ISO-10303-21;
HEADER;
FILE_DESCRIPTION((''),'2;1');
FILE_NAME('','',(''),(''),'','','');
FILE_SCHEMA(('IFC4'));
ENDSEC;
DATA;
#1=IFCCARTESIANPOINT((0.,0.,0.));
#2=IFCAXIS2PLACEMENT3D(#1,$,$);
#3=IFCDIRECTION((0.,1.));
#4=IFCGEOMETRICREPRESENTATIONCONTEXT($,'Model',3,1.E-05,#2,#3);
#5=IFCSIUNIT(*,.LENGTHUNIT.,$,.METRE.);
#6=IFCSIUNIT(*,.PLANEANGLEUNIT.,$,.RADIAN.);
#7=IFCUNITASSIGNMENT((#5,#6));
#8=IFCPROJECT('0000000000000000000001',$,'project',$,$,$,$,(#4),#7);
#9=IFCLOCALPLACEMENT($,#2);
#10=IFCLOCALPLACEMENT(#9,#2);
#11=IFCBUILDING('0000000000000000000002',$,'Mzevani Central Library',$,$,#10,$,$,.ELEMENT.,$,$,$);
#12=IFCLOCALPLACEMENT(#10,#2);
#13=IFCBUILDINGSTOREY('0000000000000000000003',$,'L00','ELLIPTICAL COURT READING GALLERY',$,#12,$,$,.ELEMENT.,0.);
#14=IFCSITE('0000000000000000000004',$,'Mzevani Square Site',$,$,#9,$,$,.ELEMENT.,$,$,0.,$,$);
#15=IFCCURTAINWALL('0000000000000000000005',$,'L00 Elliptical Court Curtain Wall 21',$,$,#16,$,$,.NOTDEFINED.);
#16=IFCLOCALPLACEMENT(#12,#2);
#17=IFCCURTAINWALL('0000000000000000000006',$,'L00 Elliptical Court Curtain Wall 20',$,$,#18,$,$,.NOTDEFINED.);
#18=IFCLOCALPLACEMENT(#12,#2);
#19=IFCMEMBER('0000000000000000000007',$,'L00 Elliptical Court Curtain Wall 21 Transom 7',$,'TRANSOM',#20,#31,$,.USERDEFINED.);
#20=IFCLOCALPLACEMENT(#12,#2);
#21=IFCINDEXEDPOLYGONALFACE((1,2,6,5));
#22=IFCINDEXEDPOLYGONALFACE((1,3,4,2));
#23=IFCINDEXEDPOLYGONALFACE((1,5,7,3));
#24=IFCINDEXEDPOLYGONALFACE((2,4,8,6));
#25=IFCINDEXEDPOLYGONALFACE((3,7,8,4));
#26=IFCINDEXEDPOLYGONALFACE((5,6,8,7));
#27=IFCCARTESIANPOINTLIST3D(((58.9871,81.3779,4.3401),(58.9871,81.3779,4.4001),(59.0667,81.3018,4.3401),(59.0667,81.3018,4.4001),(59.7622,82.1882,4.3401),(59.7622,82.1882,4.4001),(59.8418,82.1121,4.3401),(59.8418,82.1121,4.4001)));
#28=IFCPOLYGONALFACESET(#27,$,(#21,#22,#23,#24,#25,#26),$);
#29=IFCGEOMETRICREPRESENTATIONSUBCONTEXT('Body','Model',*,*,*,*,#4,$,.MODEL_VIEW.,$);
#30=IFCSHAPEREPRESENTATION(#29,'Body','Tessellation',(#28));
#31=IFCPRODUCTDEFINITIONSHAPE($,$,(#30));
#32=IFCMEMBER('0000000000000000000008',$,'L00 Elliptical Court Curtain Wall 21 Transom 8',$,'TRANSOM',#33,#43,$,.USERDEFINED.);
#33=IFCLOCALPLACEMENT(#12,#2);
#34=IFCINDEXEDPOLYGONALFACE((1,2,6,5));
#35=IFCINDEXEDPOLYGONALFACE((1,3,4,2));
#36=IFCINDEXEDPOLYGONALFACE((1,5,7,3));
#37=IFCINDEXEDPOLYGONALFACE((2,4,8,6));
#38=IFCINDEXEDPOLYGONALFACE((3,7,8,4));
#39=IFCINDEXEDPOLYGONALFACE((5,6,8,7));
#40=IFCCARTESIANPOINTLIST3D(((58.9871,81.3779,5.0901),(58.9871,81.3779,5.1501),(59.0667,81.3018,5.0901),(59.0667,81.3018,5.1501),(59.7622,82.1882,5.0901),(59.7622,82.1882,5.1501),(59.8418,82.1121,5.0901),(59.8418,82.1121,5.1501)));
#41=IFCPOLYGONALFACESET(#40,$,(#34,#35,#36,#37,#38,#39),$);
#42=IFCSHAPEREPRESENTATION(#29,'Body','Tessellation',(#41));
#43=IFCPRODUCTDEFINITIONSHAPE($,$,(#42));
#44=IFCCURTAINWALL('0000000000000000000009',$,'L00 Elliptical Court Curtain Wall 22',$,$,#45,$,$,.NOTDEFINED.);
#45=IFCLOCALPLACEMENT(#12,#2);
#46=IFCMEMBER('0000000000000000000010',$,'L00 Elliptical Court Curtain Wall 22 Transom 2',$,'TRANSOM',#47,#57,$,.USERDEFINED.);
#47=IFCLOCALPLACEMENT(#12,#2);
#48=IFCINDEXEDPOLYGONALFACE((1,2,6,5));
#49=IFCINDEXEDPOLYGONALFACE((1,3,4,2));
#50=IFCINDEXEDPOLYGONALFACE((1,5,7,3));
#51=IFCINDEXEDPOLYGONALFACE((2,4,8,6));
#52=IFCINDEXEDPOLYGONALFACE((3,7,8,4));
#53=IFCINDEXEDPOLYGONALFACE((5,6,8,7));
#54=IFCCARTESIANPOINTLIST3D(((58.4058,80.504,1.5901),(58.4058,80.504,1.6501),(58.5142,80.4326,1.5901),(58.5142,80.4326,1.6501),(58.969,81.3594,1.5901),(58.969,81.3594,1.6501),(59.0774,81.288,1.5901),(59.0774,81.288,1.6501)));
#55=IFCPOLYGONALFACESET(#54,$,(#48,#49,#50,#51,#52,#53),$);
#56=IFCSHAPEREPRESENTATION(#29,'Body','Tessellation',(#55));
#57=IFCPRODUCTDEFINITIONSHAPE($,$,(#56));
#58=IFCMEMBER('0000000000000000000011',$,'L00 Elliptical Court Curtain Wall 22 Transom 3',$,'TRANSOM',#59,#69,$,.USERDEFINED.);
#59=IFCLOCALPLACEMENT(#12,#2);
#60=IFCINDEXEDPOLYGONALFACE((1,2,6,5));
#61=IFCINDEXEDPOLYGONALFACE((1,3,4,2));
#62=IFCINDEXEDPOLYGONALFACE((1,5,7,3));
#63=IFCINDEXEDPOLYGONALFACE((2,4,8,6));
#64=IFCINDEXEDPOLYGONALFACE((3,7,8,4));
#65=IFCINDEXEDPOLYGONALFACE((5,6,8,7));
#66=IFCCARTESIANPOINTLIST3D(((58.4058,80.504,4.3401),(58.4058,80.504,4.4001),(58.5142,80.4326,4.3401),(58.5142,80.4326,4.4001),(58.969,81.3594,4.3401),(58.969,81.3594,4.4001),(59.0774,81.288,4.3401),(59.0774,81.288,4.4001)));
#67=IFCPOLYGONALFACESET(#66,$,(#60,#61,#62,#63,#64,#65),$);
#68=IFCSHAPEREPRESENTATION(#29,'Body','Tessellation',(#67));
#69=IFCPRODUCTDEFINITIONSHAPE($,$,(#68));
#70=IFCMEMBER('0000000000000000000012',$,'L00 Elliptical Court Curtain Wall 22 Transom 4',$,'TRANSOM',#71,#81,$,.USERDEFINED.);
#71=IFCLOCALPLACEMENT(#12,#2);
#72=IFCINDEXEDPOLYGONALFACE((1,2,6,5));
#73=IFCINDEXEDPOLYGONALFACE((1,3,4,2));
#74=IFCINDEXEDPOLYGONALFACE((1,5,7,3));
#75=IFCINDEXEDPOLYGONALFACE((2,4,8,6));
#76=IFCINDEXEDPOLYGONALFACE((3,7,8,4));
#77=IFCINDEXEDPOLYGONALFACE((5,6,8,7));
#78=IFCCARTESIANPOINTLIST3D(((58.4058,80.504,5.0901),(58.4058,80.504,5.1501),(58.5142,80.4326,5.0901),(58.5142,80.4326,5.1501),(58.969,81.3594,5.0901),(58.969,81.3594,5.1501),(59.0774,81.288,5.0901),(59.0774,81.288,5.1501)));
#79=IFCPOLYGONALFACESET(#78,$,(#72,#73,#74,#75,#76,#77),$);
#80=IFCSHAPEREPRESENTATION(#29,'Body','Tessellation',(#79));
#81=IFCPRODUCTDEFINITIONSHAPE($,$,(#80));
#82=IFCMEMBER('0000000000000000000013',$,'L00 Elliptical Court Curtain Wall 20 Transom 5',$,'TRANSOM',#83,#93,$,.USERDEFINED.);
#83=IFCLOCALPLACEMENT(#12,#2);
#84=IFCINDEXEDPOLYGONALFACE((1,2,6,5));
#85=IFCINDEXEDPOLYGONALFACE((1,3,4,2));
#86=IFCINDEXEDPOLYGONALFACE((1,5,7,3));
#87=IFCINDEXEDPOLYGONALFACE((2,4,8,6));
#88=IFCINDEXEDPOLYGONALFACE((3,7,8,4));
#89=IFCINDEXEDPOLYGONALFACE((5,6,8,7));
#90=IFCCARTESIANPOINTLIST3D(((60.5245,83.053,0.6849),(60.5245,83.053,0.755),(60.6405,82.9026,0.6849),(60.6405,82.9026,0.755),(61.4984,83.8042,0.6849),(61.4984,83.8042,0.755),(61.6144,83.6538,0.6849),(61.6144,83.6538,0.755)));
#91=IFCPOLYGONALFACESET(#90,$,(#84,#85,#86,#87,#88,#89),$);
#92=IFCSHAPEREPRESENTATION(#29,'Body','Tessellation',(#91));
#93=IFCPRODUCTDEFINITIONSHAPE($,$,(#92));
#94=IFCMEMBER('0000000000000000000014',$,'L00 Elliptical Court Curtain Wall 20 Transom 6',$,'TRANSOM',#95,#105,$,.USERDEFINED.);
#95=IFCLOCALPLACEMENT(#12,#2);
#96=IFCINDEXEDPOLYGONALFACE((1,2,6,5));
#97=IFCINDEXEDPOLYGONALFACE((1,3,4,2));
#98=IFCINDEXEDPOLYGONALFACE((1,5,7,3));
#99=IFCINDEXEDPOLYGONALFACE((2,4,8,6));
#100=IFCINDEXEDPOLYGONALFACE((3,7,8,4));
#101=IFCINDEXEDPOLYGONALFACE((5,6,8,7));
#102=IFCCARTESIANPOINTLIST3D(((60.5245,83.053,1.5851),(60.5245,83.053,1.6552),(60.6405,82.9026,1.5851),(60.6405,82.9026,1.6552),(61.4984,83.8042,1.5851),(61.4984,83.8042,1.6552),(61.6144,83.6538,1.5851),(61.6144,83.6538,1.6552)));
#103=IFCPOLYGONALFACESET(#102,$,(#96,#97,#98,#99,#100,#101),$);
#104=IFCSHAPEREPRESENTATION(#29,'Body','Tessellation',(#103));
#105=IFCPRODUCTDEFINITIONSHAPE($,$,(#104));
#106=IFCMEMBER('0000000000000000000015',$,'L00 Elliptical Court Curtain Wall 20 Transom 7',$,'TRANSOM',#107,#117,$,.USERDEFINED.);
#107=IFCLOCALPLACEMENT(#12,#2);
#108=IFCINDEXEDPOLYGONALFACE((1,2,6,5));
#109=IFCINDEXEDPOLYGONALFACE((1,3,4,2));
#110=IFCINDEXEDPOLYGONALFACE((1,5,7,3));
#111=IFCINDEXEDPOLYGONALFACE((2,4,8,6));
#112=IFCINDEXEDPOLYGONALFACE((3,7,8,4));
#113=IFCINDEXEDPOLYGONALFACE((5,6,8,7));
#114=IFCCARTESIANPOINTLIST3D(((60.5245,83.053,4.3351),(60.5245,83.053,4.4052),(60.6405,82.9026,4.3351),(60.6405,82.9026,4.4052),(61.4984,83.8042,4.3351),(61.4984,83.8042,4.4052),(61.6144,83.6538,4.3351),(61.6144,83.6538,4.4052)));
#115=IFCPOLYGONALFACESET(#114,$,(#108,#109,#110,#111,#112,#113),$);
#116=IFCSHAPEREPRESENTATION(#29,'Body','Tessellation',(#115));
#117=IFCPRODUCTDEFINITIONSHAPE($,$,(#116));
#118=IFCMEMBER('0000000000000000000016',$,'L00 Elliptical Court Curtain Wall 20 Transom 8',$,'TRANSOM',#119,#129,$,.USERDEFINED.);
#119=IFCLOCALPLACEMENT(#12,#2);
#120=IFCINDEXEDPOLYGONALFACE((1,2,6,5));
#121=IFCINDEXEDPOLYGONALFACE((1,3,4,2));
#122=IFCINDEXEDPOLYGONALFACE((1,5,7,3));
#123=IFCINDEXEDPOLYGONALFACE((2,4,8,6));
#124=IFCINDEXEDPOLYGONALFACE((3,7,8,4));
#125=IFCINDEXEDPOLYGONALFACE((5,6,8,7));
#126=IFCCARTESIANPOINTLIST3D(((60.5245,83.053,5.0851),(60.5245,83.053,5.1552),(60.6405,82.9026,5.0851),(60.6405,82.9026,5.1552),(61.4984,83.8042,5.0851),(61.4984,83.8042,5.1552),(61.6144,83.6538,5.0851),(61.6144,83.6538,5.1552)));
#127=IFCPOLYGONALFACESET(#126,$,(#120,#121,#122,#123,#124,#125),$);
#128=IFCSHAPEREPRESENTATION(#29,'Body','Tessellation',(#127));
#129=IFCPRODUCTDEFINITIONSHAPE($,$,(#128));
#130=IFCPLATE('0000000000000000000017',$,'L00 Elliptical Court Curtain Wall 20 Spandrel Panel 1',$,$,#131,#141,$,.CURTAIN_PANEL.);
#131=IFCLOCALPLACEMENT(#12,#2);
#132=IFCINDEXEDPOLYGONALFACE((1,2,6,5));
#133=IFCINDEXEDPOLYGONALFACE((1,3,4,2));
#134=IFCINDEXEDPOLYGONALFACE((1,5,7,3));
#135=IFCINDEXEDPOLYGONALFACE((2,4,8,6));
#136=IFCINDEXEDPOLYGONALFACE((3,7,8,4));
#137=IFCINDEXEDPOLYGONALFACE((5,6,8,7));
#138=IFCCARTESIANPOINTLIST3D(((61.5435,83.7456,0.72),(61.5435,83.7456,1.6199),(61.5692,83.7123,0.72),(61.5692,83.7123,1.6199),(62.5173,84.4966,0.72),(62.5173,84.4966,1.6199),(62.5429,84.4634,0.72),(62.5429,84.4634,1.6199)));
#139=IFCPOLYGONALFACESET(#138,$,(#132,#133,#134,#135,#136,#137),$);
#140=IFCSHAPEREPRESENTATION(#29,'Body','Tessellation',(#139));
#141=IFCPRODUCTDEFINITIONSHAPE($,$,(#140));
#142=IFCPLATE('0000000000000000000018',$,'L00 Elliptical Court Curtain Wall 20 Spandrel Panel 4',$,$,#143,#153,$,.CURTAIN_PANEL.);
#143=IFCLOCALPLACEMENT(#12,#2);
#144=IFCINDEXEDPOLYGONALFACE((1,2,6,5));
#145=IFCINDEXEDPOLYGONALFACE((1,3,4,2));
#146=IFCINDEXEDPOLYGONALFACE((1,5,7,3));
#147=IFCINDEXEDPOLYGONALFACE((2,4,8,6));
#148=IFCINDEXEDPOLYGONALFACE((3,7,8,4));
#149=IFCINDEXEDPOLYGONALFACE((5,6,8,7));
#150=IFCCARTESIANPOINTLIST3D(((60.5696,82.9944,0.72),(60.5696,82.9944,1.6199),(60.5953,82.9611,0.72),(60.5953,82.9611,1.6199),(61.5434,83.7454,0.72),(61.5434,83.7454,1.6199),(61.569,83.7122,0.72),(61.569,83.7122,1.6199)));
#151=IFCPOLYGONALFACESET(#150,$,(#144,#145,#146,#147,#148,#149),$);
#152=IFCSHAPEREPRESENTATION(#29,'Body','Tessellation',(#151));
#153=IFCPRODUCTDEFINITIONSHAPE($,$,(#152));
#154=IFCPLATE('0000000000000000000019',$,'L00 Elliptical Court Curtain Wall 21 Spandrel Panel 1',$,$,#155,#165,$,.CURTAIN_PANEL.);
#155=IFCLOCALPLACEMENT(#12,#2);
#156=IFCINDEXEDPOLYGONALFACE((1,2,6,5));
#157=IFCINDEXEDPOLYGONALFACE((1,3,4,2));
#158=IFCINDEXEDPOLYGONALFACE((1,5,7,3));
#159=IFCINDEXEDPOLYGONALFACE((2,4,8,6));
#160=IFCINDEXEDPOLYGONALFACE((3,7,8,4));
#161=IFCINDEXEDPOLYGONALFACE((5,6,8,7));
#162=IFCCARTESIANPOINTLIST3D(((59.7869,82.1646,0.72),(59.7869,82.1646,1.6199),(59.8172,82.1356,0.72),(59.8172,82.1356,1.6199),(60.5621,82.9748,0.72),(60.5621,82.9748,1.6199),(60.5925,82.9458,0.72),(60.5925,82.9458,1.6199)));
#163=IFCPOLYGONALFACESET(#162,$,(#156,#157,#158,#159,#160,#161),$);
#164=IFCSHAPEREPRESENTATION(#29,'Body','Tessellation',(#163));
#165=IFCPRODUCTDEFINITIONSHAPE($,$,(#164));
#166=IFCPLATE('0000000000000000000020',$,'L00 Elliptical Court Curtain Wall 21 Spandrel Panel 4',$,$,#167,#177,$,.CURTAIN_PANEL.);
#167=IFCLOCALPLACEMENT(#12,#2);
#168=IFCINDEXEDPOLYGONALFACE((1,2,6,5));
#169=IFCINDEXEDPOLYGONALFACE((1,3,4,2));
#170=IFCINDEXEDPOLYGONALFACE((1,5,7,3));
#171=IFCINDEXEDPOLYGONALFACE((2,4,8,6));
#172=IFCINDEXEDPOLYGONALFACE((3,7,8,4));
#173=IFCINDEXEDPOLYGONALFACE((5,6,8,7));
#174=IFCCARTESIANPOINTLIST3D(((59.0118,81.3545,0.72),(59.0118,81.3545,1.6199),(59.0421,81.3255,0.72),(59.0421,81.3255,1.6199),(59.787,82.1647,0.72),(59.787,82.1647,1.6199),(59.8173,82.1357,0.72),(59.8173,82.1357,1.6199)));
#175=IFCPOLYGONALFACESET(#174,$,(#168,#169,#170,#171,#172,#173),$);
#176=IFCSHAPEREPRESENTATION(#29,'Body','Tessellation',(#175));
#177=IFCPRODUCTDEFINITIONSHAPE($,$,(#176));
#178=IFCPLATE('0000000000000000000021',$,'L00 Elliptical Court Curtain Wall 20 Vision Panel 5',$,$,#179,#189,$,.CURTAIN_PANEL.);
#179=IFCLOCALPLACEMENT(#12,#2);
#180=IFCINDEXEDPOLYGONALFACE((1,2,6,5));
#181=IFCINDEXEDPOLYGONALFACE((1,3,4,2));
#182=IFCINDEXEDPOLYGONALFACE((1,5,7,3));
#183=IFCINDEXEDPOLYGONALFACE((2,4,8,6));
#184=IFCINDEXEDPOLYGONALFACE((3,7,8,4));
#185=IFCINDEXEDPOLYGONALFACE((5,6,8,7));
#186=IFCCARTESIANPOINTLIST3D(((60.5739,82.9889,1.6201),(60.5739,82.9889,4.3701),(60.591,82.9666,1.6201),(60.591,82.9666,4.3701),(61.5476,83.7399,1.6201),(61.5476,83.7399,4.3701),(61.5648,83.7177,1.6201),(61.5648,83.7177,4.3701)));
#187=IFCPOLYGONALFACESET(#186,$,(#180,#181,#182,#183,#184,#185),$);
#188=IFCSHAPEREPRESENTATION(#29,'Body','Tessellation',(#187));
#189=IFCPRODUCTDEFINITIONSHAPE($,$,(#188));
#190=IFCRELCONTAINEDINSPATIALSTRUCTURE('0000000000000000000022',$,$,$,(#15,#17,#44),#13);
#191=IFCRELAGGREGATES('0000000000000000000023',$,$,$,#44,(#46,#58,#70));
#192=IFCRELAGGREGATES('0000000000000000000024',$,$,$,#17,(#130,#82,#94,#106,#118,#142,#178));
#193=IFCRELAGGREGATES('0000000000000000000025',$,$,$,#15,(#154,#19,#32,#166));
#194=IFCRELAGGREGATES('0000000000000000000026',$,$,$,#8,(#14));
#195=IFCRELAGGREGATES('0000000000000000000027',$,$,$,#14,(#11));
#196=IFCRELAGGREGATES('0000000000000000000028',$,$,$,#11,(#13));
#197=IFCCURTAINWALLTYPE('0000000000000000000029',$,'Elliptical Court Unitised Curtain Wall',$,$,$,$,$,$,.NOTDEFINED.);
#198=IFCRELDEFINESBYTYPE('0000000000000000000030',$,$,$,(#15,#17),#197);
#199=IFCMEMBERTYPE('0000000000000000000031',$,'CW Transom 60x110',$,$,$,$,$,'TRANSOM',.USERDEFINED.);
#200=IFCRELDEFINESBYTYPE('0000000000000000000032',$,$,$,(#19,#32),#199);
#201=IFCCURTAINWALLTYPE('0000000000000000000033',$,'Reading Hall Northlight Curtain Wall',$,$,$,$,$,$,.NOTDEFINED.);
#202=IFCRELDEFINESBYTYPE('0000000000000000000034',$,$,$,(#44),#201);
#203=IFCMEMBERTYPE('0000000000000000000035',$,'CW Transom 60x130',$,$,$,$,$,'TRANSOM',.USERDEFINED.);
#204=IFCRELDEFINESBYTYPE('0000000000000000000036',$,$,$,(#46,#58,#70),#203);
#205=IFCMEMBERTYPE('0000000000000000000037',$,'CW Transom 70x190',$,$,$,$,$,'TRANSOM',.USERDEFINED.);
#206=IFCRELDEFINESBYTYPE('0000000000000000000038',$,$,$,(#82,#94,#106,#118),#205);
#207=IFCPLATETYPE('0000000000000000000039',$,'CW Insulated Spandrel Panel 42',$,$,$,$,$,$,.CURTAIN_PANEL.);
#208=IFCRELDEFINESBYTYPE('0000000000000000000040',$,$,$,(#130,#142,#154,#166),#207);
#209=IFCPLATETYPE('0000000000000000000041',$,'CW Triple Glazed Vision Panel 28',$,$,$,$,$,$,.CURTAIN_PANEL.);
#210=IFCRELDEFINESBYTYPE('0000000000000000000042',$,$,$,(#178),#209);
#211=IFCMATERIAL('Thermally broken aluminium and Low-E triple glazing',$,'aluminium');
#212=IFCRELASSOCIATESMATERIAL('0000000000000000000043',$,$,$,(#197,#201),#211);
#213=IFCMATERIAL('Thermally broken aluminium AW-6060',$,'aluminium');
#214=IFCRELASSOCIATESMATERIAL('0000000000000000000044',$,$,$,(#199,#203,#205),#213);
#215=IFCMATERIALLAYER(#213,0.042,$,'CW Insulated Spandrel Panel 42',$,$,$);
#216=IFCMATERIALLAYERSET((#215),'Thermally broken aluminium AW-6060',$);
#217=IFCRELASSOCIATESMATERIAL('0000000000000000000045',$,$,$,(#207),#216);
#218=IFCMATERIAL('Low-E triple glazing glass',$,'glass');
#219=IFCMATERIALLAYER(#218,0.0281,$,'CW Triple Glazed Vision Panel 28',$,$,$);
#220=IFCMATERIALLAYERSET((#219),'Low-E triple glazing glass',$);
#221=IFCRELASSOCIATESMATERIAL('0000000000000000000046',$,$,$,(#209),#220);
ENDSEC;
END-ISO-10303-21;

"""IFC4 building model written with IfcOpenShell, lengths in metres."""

from ifc_helpers import new_model, si_unit, direction, frame, origin, origin_2d, place, context, subcontext, project, spatial, rectangle, extrude, material, layer, layer_set, material_profile, profile_set, type_object, element, aggregate, save


model = new_model("IFC4")

# Units and contexts
model_context = context("Model", 3, precision=1e-05, world=origin(), true_north=direction((0.0, 1.0)))
body_context = subcontext(model_context, "Body", "Model", "MODEL_VIEW")
ifc_project = project(units=[si_unit("LENGTHUNIT", "METRE"), si_unit("PLANEANGLEUNIT", "RADIAN")], contexts=[model_context])

# Site, building, storey
site_placement = place(None, origin())
site = spatial("IfcSite", under=ifc_project, at=site_placement, Name="Mzevani Square Site", CompositionType="ELEMENT", RefElevation=0.0)
building_placement = place(site_placement, origin())
building = spatial("IfcBuilding", under=site, at=building_placement, Name="Mzevani Central Library", CompositionType="ELEMENT")
storey_placement = place(building_placement, origin())
storey = spatial("IfcBuildingStorey", under=building, at=storey_placement, Name="L00", Description="ELLIPTICAL COURT READING GALLERY", CompositionType="ELEMENT", Elevation=0.0)

# Curtain walls
ifc_material_1 = material(Name="Thermally broken aluminium and Low-E triple glazing", Category="aluminium")
curtain_wall_type_1 = type_object("IfcCurtainWallType", Name="Elliptical Court Unitised Curtain Wall", PredefinedType="NOTDEFINED", material=ifc_material_1)
curtain_wall_1_placement = place(storey_placement, origin())
curtain_wall_1 = element("IfcCurtainWall", 1, at=curtain_wall_1_placement, inside=storey, type_object=curtain_wall_type_1, Name="L00 Elliptical Court Curtain Wall 21", PredefinedType="NOTDEFINED")
ifc_material_2 = material(Name="Thermally broken aluminium AW-6060", Category="aluminium")
curtain_wall_2_placement = place(storey_placement, origin())
curtain_wall_2 = element("IfcCurtainWall", 2, at=curtain_wall_2_placement, inside=storey, type_object=curtain_wall_type_1, Name="L00 Elliptical Court Curtain Wall 20", PredefinedType="NOTDEFINED")

# Members
ifc_material_profile_1 = material_profile(ifc_material_2, rectangle(XDim=0.1101, YDim=0.0601, at=origin_2d()), Name="ALU T60x110")
ifc_profile_set_1 = profile_set([ifc_material_profile_1], Name="Thermally broken aluminium AW-6060")
member_type_1 = type_object("IfcMemberType", Name="CW Transom 60x110", ElementType="TRANSOM", PredefinedType="USERDEFINED", material=ifc_profile_set_1)
member_1_placement = place(storey_placement, frame((59.802, 82.1501, 4.3701), z_axis=(-0.691257, -0.722609, 0.0), x_axis=(0.722609, -0.691257, 0.0)))
member_1 = element("IfcMember", 3, at=member_1_placement, type_object=member_type_1, Name="L00 Elliptical Court Curtain Wall 21 Transom 7", ObjectType="TRANSOM", PredefinedType="USERDEFINED", context=body_context, shape_type="SweptSolid", body=[
    extrude(rectangle(XDim=0.1101, YDim=0.0601, at=origin_2d()), origin(), (0.0, 0.0, 1.0), 1.1213),
])
member_2_placement = place(storey_placement, frame((59.802, 82.1501, 5.1201), z_axis=(-0.691257, -0.722609, 0.0), x_axis=(0.722609, -0.691257, 0.0)))
member_2 = element("IfcMember", 4, at=member_2_placement, type_object=member_type_1, Name="L00 Elliptical Court Curtain Wall 21 Transom 8", ObjectType="TRANSOM", PredefinedType="USERDEFINED", context=body_context, shape_type="SweptSolid", body=[
    extrude(rectangle(XDim=0.1101, YDim=0.0601, at=origin_2d()), origin(), (0.0, 0.0, 1.0), 1.1213),
])

# Curtain wall, members
curtain_wall_type_2 = type_object("IfcCurtainWallType", Name="Reading Hall Northlight Curtain Wall", PredefinedType="NOTDEFINED", material=ifc_material_1)
curtain_wall_3_placement = place(storey_placement, origin())
curtain_wall_3 = element("IfcCurtainWall", 5, at=curtain_wall_3_placement, inside=storey, type_object=curtain_wall_type_2, Name="L00 Elliptical Court Curtain Wall 22", PredefinedType="NOTDEFINED")
ifc_material_profile_2 = material_profile(ifc_material_2, rectangle(XDim=0.1299, YDim=0.0601, at=origin_2d()), Name="ALU T60x130")
ifc_profile_set_2 = profile_set([ifc_material_profile_2], Name="Thermally broken aluminium AW-6060")
member_type_2 = type_object("IfcMemberType", Name="CW Transom 60x130", ElementType="TRANSOM", PredefinedType="USERDEFINED", material=ifc_profile_set_2)
member_3_placement = place(storey_placement, frame((59.0232, 81.3237, 1.6201), z_axis=(-0.549905, -0.835227, 0.0), x_axis=(0.835227, -0.549905, 0.0)))
member_3 = element("IfcMember", 6, at=member_3_placement, type_object=member_type_2, Name="L00 Elliptical Court Curtain Wall 22 Transom 2", ObjectType="TRANSOM", PredefinedType="USERDEFINED", context=body_context, shape_type="SweptSolid", body=[
    extrude(rectangle(XDim=0.1299, YDim=0.0601, at=origin_2d()), origin(), (0.0, 0.0, 1.0), 1.0242),
])
member_4_placement = place(storey_placement, frame((59.0232, 81.3237, 4.3701), z_axis=(-0.549905, -0.835227, 0.0), x_axis=(0.835227, -0.549905, 0.0)))
member_4 = element("IfcMember", 7, at=member_4_placement, type_object=member_type_2, Name="L00 Elliptical Court Curtain Wall 22 Transom 3", ObjectType="TRANSOM", PredefinedType="USERDEFINED", context=body_context, shape_type="SweptSolid", body=[
    extrude(rectangle(XDim=0.1299, YDim=0.0601, at=origin_2d()), origin(), (0.0, 0.0, 1.0), 1.0242),
])
member_5_placement = place(storey_placement, frame((59.0232, 81.3237, 5.1201), z_axis=(-0.549905, -0.835227, 0.0), x_axis=(0.835227, -0.549905, 0.0)))
member_5 = element("IfcMember", 8, at=member_5_placement, type_object=member_type_2, Name="L00 Elliptical Court Curtain Wall 22 Transom 4", ObjectType="TRANSOM", PredefinedType="USERDEFINED", context=body_context, shape_type="SweptSolid", body=[
    extrude(rectangle(XDim=0.1299, YDim=0.0601, at=origin_2d()), origin(), (0.0, 0.0, 1.0), 1.0242),
])
aggregate(curtain_wall_3, [member_3, member_4, member_5])

# Members
ifc_material_profile_3 = material_profile(ifc_material_2, rectangle(XDim=0.1899, YDim=0.0701, at=origin_2d()), Name="ALU T70x190")
ifc_profile_set_3 = profile_set([ifc_material_profile_3], Name="Thermally broken aluminium AW-6060")
member_type_3 = type_object("IfcMemberType", Name="CW Transom 70x190", ElementType="TRANSOM", PredefinedType="USERDEFINED", material=ifc_profile_set_3)
member_6_placement = place(storey_placement, frame((61.5564, 83.729, 0.72), z_axis=(-0.791804, -0.610775, 0.0), x_axis=(0.610775, -0.791804, 0.0)))
member_6 = element("IfcMember", 9, at=member_6_placement, type_object=member_type_3, Name="L00 Elliptical Court Curtain Wall 20 Transom 5", ObjectType="TRANSOM", PredefinedType="USERDEFINED", context=body_context, shape_type="SweptSolid", body=[
    extrude(rectangle(XDim=0.1899, YDim=0.0701, at=origin_2d()), origin(), (0.0, 0.0, 1.0), 1.23),
])
member_7_placement = place(storey_placement, frame((61.5564, 83.729, 1.6201), z_axis=(-0.791804, -0.610775, 0.0), x_axis=(0.610775, -0.791804, 0.0)))
member_7 = element("IfcMember", 10, at=member_7_placement, type_object=member_type_3, Name="L00 Elliptical Court Curtain Wall 20 Transom 6", ObjectType="TRANSOM", PredefinedType="USERDEFINED", context=body_context, shape_type="SweptSolid", body=[
    extrude(rectangle(XDim=0.1899, YDim=0.0701, at=origin_2d()), origin(), (0.0, 0.0, 1.0), 1.23),
])
member_8_placement = place(storey_placement, frame((61.5564, 83.729, 4.3701), z_axis=(-0.791804, -0.610775, 0.0), x_axis=(0.610775, -0.791804, 0.0)))
member_8 = element("IfcMember", 11, at=member_8_placement, type_object=member_type_3, Name="L00 Elliptical Court Curtain Wall 20 Transom 7", ObjectType="TRANSOM", PredefinedType="USERDEFINED", context=body_context, shape_type="SweptSolid", body=[
    extrude(rectangle(XDim=0.1899, YDim=0.0701, at=origin_2d()), origin(), (0.0, 0.0, 1.0), 1.23),
])
member_9_placement = place(storey_placement, frame((61.5564, 83.729, 5.1201), z_axis=(-0.791804, -0.610775, 0.0), x_axis=(0.610775, -0.791804, 0.0)))
member_9 = element("IfcMember", 12, at=member_9_placement, type_object=member_type_3, Name="L00 Elliptical Court Curtain Wall 20 Transom 8", ObjectType="TRANSOM", PredefinedType="USERDEFINED", context=body_context, shape_type="SweptSolid", body=[
    extrude(rectangle(XDim=0.1899, YDim=0.0701, at=origin_2d()), origin(), (0.0, 0.0, 1.0), 1.23),
])

# Plates
ifc_layer_1 = layer(ifc_material_2, 0.042, Name="CW Insulated Spandrel Panel 42")
ifc_layer_set_1 = layer_set([ifc_layer_1], Name="Thermally broken aluminium AW-6060")
plate_type_1 = type_object("IfcPlateType", Name="CW Insulated Spandrel Panel 42", PredefinedType="CURTAIN_PANEL", material=ifc_layer_set_1)
plate_1_placement = place(storey_placement, frame((62.0432, 84.1045, 0.72), z_axis=(0.0, 0.0, 1.0), x_axis=(-0.791828, -0.610744, 0.0)))
plate_1 = element("IfcPlate", 13, at=plate_1_placement, type_object=plate_type_1, Name="L00 Elliptical Court Curtain Wall 20 Spandrel Panel 1", PredefinedType="CURTAIN_PANEL", context=body_context, shape_type="SweptSolid", body=[
    extrude(rectangle(XDim=1.2297, YDim=0.042, at=origin_2d()), origin(), (0.0, 0.0, 1.0), 0.8999),
])
plate_2_placement = place(storey_placement, frame((61.0693, 83.3533, 0.72), z_axis=(0.0, 0.0, 1.0), x_axis=(-0.791828, -0.610744, 0.0)))
plate_2 = element("IfcPlate", 14, at=plate_2_placement, type_object=plate_type_1, Name="L00 Elliptical Court Curtain Wall 20 Spandrel Panel 4", PredefinedType="CURTAIN_PANEL", context=body_context, shape_type="SweptSolid", body=[
    extrude(rectangle(XDim=1.2297, YDim=0.042, at=origin_2d()), origin(), (0.0, 0.0, 1.0), 0.8999),
])
plate_3_placement = place(storey_placement, frame((60.1897, 82.5552, 0.72), z_axis=(0.0, 0.0, 1.0), x_axis=(-0.691352, -0.722518, 0.0)))
plate_3 = element("IfcPlate", 15, at=plate_3_placement, type_object=plate_type_1, Name="L00 Elliptical Court Curtain Wall 21 Spandrel Panel 1", PredefinedType="CURTAIN_PANEL", context=body_context, shape_type="SweptSolid", body=[
    extrude(rectangle(XDim=1.1213, YDim=0.042, at=origin_2d()), origin(), (0.0, 0.0, 1.0), 0.8999),
])
plate_4_placement = place(storey_placement, frame((59.4146, 81.7451, 0.72), z_axis=(0.0, 0.0, 1.0), x_axis=(-0.691352, -0.722518, 0.0)))
plate_4 = element("IfcPlate", 16, at=plate_4_placement, type_object=plate_type_1, Name="L00 Elliptical Court Curtain Wall 21 Spandrel Panel 4", PredefinedType="CURTAIN_PANEL", context=body_context, shape_type="SweptSolid", body=[
    extrude(rectangle(XDim=1.1213, YDim=0.042, at=origin_2d()), origin(), (0.0, 0.0, 1.0), 0.8999),
])
ifc_material_3 = material(Name="Low-E triple glazing glass", Category="glass")
ifc_layer_2 = layer(ifc_material_3, 0.0281, Name="CW Triple Glazed Vision Panel 28")
ifc_layer_set_2 = layer_set([ifc_layer_2], Name="Low-E triple glazing glass")
plate_type_2 = type_object("IfcPlateType", Name="CW Triple Glazed Vision Panel 28", PredefinedType="CURTAIN_PANEL", material=ifc_layer_set_2)
plate_5_placement = place(storey_placement, frame((61.0693, 83.3533, 1.6201), z_axis=(0.0, 0.0, 1.0), x_axis=(-0.791828, -0.610744, 0.0)))
plate_5 = element("IfcPlate", 17, at=plate_5_placement, type_object=plate_type_2, Name="L00 Elliptical Court Curtain Wall 20 Vision Panel 5", PredefinedType="CURTAIN_PANEL", context=body_context, shape_type="SweptSolid", body=[
    extrude(rectangle(XDim=1.2297, YDim=0.0281, at=origin_2d()), origin(), (0.0, 0.0, 1.0), 2.75),
])
aggregate(curtain_wall_2, [plate_1, member_6, member_7, member_8, member_9, plate_2, plate_5])
aggregate(curtain_wall_1, [plate_3, member_1, member_2, plate_4])

save(model, "model.ifc")
